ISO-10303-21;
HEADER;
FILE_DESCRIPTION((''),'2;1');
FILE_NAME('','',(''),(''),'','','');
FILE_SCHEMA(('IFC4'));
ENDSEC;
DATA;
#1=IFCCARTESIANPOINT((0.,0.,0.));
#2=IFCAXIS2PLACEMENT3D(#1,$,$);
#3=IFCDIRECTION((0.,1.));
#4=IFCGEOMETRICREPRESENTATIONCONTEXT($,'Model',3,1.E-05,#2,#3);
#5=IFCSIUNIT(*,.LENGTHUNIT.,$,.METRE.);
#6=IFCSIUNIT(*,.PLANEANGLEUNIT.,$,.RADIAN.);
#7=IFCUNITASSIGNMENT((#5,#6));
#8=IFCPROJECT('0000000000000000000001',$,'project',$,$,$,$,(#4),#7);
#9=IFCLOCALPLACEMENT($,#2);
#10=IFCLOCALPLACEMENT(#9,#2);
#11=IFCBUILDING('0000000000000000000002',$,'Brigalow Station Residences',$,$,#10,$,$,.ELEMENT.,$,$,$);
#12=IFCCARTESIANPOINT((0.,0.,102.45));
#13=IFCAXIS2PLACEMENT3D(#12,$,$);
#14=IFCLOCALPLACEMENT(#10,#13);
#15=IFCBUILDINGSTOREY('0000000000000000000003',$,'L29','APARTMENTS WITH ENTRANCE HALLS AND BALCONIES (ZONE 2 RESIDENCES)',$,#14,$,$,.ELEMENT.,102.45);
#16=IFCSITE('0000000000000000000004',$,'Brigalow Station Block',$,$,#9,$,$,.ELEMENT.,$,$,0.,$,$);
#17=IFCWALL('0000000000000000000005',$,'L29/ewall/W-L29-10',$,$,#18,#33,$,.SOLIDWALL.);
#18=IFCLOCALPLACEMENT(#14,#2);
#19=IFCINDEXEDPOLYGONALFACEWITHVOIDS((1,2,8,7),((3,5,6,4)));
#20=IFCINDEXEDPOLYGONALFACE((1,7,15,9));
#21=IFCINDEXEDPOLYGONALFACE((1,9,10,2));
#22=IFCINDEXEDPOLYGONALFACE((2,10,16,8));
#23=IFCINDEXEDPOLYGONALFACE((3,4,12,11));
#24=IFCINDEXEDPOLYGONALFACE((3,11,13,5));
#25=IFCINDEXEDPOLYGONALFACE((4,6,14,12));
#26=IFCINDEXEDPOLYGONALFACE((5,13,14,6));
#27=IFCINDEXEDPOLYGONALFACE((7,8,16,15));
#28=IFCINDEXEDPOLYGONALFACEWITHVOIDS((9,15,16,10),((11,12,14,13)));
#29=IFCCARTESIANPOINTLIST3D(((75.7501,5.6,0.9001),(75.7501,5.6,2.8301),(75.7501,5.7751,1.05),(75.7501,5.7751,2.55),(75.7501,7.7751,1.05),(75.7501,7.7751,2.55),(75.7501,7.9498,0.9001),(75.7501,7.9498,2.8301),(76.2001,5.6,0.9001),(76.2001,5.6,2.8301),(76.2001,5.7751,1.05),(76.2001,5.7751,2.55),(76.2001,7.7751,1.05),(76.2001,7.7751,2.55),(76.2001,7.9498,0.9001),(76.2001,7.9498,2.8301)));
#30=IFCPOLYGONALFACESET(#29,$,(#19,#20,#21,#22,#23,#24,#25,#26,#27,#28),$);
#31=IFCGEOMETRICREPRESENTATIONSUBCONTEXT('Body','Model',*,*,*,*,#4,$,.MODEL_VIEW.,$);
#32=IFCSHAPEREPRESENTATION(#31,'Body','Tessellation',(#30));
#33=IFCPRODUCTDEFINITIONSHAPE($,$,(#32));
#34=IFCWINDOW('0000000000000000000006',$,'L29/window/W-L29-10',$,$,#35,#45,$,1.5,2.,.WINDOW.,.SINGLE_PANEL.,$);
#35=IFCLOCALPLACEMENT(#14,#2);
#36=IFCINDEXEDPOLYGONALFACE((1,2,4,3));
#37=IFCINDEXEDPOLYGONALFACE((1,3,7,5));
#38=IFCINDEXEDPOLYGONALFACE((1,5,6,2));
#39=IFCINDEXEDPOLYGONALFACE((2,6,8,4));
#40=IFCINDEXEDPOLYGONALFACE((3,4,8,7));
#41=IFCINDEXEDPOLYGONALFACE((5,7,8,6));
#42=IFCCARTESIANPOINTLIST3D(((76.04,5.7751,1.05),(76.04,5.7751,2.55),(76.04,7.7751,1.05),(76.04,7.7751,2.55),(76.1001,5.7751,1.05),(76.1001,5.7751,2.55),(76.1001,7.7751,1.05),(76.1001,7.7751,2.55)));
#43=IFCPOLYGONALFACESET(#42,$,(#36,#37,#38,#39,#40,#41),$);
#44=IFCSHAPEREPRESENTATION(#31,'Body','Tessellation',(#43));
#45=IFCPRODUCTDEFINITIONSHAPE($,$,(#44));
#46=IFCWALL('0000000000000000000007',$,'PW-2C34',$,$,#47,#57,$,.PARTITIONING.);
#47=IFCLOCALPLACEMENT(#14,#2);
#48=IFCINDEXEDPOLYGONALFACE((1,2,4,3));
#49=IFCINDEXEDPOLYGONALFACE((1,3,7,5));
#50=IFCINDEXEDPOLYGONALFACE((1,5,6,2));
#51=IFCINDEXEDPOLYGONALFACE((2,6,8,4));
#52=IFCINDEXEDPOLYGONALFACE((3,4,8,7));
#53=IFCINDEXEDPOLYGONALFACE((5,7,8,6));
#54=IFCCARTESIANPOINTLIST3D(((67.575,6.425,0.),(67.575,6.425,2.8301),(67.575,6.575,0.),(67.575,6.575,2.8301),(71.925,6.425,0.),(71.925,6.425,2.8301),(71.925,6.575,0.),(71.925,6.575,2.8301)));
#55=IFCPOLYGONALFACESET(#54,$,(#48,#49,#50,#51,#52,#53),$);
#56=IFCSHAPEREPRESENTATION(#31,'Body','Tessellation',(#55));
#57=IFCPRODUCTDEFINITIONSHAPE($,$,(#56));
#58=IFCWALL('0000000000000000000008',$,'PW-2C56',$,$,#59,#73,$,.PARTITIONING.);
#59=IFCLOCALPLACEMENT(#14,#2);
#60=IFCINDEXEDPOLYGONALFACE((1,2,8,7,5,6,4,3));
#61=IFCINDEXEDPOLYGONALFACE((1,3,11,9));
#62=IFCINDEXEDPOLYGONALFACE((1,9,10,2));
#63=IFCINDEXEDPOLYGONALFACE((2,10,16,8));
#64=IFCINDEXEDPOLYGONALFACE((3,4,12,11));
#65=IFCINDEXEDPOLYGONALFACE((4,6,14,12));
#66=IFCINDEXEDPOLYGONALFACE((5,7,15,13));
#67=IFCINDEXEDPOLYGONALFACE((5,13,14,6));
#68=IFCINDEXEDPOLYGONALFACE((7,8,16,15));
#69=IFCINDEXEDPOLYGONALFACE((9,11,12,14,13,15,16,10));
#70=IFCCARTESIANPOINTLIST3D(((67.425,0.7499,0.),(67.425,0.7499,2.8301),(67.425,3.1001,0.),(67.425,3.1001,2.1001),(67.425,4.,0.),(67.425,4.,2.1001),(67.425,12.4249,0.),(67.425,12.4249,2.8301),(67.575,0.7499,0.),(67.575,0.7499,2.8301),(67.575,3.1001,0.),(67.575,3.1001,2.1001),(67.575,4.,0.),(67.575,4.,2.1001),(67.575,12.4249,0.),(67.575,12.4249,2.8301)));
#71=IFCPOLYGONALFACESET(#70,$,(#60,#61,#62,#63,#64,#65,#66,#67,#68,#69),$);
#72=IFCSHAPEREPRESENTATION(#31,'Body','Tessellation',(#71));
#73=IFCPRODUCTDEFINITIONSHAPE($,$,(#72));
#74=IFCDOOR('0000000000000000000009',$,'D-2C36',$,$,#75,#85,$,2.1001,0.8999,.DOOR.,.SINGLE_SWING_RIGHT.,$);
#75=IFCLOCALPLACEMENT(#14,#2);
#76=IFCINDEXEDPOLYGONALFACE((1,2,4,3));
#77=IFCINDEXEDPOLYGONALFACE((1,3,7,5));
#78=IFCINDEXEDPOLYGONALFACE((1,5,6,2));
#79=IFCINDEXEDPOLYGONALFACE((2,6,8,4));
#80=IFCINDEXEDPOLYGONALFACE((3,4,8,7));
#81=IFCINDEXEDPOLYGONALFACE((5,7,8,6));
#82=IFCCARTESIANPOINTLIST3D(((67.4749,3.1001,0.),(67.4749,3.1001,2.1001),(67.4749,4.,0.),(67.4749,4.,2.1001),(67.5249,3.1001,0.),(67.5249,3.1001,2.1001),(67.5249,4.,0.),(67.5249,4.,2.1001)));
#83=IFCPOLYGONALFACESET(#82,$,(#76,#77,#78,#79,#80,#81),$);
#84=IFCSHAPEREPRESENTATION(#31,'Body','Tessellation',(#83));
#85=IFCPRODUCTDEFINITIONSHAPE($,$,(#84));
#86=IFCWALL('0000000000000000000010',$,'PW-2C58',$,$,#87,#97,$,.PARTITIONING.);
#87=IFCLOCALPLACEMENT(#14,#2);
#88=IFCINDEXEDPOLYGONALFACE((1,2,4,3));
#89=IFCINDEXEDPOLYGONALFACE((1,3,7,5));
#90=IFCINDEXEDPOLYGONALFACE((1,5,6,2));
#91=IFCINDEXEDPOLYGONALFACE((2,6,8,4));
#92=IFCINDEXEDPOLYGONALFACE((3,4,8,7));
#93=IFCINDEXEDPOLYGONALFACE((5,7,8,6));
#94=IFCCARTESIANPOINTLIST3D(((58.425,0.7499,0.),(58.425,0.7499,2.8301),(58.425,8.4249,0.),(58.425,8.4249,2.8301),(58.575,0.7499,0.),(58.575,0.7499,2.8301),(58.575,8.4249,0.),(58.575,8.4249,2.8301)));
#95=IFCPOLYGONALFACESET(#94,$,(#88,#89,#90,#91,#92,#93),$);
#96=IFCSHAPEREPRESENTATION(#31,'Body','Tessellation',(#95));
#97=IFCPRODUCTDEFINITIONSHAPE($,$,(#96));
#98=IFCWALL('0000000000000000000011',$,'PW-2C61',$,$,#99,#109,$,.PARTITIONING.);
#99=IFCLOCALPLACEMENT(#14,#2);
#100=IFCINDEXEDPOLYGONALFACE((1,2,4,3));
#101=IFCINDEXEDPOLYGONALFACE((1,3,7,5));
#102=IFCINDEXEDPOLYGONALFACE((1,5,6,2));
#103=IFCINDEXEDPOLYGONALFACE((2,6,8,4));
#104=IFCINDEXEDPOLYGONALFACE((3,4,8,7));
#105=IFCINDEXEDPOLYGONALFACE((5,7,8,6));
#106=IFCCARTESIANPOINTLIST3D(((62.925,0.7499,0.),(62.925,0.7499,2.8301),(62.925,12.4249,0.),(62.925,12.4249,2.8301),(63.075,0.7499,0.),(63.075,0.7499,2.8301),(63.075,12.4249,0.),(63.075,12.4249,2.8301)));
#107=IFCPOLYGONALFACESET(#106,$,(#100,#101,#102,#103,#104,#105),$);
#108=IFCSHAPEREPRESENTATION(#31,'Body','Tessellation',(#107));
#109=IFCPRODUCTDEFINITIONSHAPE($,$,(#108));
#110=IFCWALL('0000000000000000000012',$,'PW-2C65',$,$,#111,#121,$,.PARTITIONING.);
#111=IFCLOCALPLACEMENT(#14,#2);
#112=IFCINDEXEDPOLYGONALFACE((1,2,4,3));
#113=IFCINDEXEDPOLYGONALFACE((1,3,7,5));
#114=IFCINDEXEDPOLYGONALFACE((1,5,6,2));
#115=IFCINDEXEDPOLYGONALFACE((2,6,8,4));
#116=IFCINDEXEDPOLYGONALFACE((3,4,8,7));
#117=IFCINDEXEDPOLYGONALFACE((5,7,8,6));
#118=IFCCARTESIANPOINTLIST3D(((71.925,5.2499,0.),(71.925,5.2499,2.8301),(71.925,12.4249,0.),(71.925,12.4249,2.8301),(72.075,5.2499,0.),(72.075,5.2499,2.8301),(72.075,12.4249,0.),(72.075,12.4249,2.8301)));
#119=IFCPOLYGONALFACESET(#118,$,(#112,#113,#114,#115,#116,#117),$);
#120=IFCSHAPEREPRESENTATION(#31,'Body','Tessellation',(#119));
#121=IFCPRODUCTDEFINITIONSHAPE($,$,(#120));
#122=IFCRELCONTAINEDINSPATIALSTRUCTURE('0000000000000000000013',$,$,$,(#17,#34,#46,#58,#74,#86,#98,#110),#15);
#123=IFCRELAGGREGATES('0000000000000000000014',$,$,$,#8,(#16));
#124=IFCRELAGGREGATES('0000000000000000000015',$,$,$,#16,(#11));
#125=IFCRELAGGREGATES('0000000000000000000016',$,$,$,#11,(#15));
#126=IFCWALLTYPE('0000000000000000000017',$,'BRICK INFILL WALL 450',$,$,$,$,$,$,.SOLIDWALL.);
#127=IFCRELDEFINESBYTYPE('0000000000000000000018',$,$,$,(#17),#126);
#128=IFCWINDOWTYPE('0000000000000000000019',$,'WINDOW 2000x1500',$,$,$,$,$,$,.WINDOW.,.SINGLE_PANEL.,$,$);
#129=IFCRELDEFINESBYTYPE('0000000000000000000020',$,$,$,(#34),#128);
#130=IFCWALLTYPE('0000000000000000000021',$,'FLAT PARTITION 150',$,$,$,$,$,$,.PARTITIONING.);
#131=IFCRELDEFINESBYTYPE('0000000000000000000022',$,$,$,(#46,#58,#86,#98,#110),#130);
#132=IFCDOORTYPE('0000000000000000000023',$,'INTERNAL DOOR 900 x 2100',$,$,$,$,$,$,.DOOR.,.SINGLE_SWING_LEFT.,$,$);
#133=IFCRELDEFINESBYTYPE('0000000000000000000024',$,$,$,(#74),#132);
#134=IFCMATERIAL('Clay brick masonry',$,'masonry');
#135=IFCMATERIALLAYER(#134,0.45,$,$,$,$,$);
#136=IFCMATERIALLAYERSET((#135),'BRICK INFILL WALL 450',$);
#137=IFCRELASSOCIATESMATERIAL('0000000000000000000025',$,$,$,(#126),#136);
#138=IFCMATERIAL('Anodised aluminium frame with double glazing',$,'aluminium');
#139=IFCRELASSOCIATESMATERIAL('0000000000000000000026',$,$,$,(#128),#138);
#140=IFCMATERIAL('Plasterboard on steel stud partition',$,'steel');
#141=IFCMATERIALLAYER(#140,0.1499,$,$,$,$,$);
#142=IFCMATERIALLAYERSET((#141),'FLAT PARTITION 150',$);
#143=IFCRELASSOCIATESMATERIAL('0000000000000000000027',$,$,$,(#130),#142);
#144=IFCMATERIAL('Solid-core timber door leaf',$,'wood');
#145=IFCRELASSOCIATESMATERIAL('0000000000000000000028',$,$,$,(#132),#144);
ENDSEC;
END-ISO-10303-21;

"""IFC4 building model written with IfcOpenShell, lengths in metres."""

from ifc_helpers import new_model, si_unit, direction, frame, frame_2d, origin, place, context, subcontext, project, spatial, rectangle, extrude, material, layer, layer_set, type_object, element, fill, save


model = new_model("IFC4")

# Units and contexts
model_context = context("Model", 3, precision=1e-05, world=origin(), true_north=direction((0.0, 1.0)))
body_context = subcontext(model_context, "Body", "Model", "MODEL_VIEW")
ifc_project = project(units=[si_unit("LENGTHUNIT", "METRE"), si_unit("PLANEANGLEUNIT", "RADIAN")], contexts=[model_context])

# Site, building, storey
site_placement = place(None, origin())
site = spatial("IfcSite", under=ifc_project, at=site_placement, Name="Brigalow Station Block", CompositionType="ELEMENT", RefElevation=0.0)
building_placement = place(site_placement, origin())
building = spatial("IfcBuilding", under=site, at=building_placement, Name="Brigalow Station Residences", CompositionType="ELEMENT")
storey_placement = place(building_placement, frame((0.0, 0.0, 102.45)))
storey = spatial("IfcBuildingStorey", under=building, at=storey_placement, Name="L29", Description="APARTMENTS WITH ENTRANCE HALLS AND BALCONIES (ZONE 2 RESIDENCES)", CompositionType="ELEMENT", Elevation=102.45)

# Wall, opening, window
ifc_material_1 = material(Name="Clay brick masonry", Category="masonry")
ifc_layer_1 = layer(ifc_material_1, 0.45)
ifc_layer_set_1 = layer_set([ifc_layer_1], Name="BRICK INFILL WALL 450")
wall_type_1 = type_object("IfcWallType", Name="BRICK INFILL WALL 450", PredefinedType="SOLIDWALL", material=ifc_layer_set_1)
wall_1_placement = place(storey_placement, frame((75.9751, 5.6001, 0.9001), z_axis=(0.0, 0.0, 1.0), x_axis=(0.0, 1.0, 0.0)))
wall_1 = element("IfcWall", 1, at=wall_1_placement, inside=storey, type_object=wall_type_1, Name="L29/ewall/W-L29-10", PredefinedType="SOLIDWALL", context=body_context, shape_type="SweptSolid", body=[
    extrude(rectangle(XDim=2.3499, YDim=0.45, at=frame_2d((1.1748, 0.0))), origin(), (0.0, 0.0, 1.0), 1.9299),
])
opening_1_placement = place(wall_1_placement, frame((0.175, 0.0, 0.1499)))
opening_1 = element("IfcOpeningElement", 2, at=opening_1_placement, cuts=wall_1, PredefinedType="OPENING", context=body_context, shape_type="SweptSolid", body=[
    extrude(rectangle(XDim=2.0, YDim=1.5, at=frame_2d((1.0, 0.75))), frame((0.0, 0.2349, 0.0), z_axis=(0.0, -1.0, 0.0), x_axis=(1.0, 0.0, 0.0)), (0.0, 0.0, 1.0), 0.47),
])
ifc_material_2 = material(Name="Anodised aluminium frame with double glazing", Category="aluminium")
window_type_1 = type_object("IfcWindowType", Name="WINDOW 2000x1500", PartitioningType="SINGLE_PANEL", PredefinedType="WINDOW", material=ifc_material_2)
window_1_placement = place(opening_1_placement, origin())
window_1 = element("IfcWindow", 3, at=window_1_placement, inside=storey, type_object=window_type_1, Name="L29/window/W-L29-10", OverallHeight=1.5, OverallWidth=2.0, PartitioningType="SINGLE_PANEL", PredefinedType="WINDOW", context=body_context, shape_type="SweptSolid", body=[
    extrude(rectangle(XDim=2.0, YDim=1.5, at=frame_2d((1.0, 0.75))), frame((0.0, -0.0649, 0.0), z_axis=(0.0, -1.0, 0.0), x_axis=(1.0, 0.0, 0.0)), (0.0, 0.0, 1.0), 0.0601),
])
fill(opening_1, window_1)

# Wall
ifc_material_3 = material(Name="Plasterboard on steel stud partition", Category="steel")
ifc_layer_2 = layer(ifc_material_3, 0.1499)
ifc_layer_set_2 = layer_set([ifc_layer_2], Name="FLAT PARTITION 150")
wall_type_2 = type_object("IfcWallType", Name="FLAT PARTITION 150", PredefinedType="PARTITIONING", material=ifc_layer_set_2)
wall_2_placement = place(storey_placement, frame((67.575, 6.5, 0.0), z_axis=(0.0, 0.0, 1.0), x_axis=(1.0, 0.0, 0.0)))
element("IfcWall", 4, at=wall_2_placement, inside=storey, type_object=wall_type_2, Name="PW-2C34", PredefinedType="PARTITIONING", context=body_context, shape_type="SweptSolid", body=[
    extrude(rectangle(XDim=4.3501, YDim=0.1499, at=frame_2d((2.175, 0.0))), origin(), (0.0, 0.0, 1.0), 2.8301),
])

# Wall, opening, door
wall_3_placement = place(storey_placement, frame((67.5, 0.75, 0.0), z_axis=(0.0, 0.0, 1.0), x_axis=(0.0, 1.0, 0.0)))
wall_3 = element("IfcWall", 5, at=wall_3_placement, inside=storey, type_object=wall_type_2, Name="PW-2C56", PredefinedType="PARTITIONING", context=body_context, shape_type="SweptSolid", body=[
    extrude(rectangle(XDim=11.675, YDim=0.1499, at=frame_2d((5.8374, 0.0))), origin(), (0.0, 0.0, 1.0), 2.8301),
])
opening_2_placement = place(wall_3_placement, frame((2.3501, 0.0, 0.0)))
opening_2 = element("IfcOpeningElement", 6, at=opening_2_placement, cuts=wall_3, PredefinedType="OPENING", context=body_context, shape_type="SweptSolid", body=[
    extrude(rectangle(XDim=0.8999, YDim=2.1001, at=frame_2d((0.45, 1.05))), frame((0.0, 0.085, 0.0), z_axis=(0.0, -1.0, 0.0), x_axis=(1.0, 0.0, 0.0)), (0.0, 0.0, 1.0), 0.1699),
])
ifc_material_4 = material(Name="Solid-core timber door leaf", Category="wood")
door_type = type_object("IfcDoorType", Name="INTERNAL DOOR 900 x 2100", OperationType="SINGLE_SWING_LEFT", PredefinedType="DOOR", material=ifc_material_4)
door_placement = place(opening_2_placement, frame((0.8999, 0.0, 0.0), z_axis=(0.0, 0.0, 1.0), x_axis=(-1.0, 0.0, 0.0)))
door = element("IfcDoor", 7, at=door_placement, inside=storey, type_object=door_type, Name="D-2C36", OperationType="SINGLE_SWING_RIGHT", OverallHeight=2.1001, OverallWidth=0.8999, PredefinedType="DOOR", context=body_context, shape_type="SweptSolid", body=[
    extrude(rectangle(XDim=0.8999, YDim=2.1001, at=frame_2d((0.45, 1.05))), frame((0.0, 0.0249, 0.0), z_axis=(0.0, -1.0, 0.0), x_axis=(1.0, 0.0, 0.0)), (0.0, 0.0, 1.0), 0.05),
])
fill(opening_2, door)

# Walls
wall_4_placement = place(storey_placement, frame((58.5, 0.75, 0.0), z_axis=(0.0, 0.0, 1.0), x_axis=(0.0, 1.0, 0.0)))
element("IfcWall", 8, at=wall_4_placement, inside=storey, type_object=wall_type_2, Name="PW-2C58", PredefinedType="PARTITIONING", context=body_context, shape_type="SweptSolid", body=[
    extrude(rectangle(XDim=7.675, YDim=0.1499, at=frame_2d((3.8374, 0.0))), origin(), (0.0, 0.0, 1.0), 2.8301),
])
wall_5_placement = place(storey_placement, frame((63.0, 0.75, 0.0), z_axis=(0.0, 0.0, 1.0), x_axis=(0.0, 1.0, 0.0)))
element("IfcWall", 9, at=wall_5_placement, inside=storey, type_object=wall_type_2, Name="PW-2C61", PredefinedType="PARTITIONING", context=body_context, shape_type="SweptSolid", body=[
    extrude(rectangle(XDim=11.675, YDim=0.1499, at=frame_2d((5.8374, 0.0))), origin(), (0.0, 0.0, 1.0), 2.8301),
])
wall_6_placement = place(storey_placement, frame((72.0, 5.25, 0.0), z_axis=(0.0, 0.0, 1.0), x_axis=(0.0, 1.0, 0.0)))
element("IfcWall", 10, at=wall_6_placement, inside=storey, type_object=wall_type_2, Name="PW-2C65", PredefinedType="PARTITIONING", context=body_context, shape_type="SweptSolid", body=[
    extrude(rectangle(XDim=7.175, YDim=0.1499, at=frame_2d((3.5874, 0.0))), origin(), (0.0, 0.0, 1.0), 2.8301),
])

save(model, "model.ifc")
